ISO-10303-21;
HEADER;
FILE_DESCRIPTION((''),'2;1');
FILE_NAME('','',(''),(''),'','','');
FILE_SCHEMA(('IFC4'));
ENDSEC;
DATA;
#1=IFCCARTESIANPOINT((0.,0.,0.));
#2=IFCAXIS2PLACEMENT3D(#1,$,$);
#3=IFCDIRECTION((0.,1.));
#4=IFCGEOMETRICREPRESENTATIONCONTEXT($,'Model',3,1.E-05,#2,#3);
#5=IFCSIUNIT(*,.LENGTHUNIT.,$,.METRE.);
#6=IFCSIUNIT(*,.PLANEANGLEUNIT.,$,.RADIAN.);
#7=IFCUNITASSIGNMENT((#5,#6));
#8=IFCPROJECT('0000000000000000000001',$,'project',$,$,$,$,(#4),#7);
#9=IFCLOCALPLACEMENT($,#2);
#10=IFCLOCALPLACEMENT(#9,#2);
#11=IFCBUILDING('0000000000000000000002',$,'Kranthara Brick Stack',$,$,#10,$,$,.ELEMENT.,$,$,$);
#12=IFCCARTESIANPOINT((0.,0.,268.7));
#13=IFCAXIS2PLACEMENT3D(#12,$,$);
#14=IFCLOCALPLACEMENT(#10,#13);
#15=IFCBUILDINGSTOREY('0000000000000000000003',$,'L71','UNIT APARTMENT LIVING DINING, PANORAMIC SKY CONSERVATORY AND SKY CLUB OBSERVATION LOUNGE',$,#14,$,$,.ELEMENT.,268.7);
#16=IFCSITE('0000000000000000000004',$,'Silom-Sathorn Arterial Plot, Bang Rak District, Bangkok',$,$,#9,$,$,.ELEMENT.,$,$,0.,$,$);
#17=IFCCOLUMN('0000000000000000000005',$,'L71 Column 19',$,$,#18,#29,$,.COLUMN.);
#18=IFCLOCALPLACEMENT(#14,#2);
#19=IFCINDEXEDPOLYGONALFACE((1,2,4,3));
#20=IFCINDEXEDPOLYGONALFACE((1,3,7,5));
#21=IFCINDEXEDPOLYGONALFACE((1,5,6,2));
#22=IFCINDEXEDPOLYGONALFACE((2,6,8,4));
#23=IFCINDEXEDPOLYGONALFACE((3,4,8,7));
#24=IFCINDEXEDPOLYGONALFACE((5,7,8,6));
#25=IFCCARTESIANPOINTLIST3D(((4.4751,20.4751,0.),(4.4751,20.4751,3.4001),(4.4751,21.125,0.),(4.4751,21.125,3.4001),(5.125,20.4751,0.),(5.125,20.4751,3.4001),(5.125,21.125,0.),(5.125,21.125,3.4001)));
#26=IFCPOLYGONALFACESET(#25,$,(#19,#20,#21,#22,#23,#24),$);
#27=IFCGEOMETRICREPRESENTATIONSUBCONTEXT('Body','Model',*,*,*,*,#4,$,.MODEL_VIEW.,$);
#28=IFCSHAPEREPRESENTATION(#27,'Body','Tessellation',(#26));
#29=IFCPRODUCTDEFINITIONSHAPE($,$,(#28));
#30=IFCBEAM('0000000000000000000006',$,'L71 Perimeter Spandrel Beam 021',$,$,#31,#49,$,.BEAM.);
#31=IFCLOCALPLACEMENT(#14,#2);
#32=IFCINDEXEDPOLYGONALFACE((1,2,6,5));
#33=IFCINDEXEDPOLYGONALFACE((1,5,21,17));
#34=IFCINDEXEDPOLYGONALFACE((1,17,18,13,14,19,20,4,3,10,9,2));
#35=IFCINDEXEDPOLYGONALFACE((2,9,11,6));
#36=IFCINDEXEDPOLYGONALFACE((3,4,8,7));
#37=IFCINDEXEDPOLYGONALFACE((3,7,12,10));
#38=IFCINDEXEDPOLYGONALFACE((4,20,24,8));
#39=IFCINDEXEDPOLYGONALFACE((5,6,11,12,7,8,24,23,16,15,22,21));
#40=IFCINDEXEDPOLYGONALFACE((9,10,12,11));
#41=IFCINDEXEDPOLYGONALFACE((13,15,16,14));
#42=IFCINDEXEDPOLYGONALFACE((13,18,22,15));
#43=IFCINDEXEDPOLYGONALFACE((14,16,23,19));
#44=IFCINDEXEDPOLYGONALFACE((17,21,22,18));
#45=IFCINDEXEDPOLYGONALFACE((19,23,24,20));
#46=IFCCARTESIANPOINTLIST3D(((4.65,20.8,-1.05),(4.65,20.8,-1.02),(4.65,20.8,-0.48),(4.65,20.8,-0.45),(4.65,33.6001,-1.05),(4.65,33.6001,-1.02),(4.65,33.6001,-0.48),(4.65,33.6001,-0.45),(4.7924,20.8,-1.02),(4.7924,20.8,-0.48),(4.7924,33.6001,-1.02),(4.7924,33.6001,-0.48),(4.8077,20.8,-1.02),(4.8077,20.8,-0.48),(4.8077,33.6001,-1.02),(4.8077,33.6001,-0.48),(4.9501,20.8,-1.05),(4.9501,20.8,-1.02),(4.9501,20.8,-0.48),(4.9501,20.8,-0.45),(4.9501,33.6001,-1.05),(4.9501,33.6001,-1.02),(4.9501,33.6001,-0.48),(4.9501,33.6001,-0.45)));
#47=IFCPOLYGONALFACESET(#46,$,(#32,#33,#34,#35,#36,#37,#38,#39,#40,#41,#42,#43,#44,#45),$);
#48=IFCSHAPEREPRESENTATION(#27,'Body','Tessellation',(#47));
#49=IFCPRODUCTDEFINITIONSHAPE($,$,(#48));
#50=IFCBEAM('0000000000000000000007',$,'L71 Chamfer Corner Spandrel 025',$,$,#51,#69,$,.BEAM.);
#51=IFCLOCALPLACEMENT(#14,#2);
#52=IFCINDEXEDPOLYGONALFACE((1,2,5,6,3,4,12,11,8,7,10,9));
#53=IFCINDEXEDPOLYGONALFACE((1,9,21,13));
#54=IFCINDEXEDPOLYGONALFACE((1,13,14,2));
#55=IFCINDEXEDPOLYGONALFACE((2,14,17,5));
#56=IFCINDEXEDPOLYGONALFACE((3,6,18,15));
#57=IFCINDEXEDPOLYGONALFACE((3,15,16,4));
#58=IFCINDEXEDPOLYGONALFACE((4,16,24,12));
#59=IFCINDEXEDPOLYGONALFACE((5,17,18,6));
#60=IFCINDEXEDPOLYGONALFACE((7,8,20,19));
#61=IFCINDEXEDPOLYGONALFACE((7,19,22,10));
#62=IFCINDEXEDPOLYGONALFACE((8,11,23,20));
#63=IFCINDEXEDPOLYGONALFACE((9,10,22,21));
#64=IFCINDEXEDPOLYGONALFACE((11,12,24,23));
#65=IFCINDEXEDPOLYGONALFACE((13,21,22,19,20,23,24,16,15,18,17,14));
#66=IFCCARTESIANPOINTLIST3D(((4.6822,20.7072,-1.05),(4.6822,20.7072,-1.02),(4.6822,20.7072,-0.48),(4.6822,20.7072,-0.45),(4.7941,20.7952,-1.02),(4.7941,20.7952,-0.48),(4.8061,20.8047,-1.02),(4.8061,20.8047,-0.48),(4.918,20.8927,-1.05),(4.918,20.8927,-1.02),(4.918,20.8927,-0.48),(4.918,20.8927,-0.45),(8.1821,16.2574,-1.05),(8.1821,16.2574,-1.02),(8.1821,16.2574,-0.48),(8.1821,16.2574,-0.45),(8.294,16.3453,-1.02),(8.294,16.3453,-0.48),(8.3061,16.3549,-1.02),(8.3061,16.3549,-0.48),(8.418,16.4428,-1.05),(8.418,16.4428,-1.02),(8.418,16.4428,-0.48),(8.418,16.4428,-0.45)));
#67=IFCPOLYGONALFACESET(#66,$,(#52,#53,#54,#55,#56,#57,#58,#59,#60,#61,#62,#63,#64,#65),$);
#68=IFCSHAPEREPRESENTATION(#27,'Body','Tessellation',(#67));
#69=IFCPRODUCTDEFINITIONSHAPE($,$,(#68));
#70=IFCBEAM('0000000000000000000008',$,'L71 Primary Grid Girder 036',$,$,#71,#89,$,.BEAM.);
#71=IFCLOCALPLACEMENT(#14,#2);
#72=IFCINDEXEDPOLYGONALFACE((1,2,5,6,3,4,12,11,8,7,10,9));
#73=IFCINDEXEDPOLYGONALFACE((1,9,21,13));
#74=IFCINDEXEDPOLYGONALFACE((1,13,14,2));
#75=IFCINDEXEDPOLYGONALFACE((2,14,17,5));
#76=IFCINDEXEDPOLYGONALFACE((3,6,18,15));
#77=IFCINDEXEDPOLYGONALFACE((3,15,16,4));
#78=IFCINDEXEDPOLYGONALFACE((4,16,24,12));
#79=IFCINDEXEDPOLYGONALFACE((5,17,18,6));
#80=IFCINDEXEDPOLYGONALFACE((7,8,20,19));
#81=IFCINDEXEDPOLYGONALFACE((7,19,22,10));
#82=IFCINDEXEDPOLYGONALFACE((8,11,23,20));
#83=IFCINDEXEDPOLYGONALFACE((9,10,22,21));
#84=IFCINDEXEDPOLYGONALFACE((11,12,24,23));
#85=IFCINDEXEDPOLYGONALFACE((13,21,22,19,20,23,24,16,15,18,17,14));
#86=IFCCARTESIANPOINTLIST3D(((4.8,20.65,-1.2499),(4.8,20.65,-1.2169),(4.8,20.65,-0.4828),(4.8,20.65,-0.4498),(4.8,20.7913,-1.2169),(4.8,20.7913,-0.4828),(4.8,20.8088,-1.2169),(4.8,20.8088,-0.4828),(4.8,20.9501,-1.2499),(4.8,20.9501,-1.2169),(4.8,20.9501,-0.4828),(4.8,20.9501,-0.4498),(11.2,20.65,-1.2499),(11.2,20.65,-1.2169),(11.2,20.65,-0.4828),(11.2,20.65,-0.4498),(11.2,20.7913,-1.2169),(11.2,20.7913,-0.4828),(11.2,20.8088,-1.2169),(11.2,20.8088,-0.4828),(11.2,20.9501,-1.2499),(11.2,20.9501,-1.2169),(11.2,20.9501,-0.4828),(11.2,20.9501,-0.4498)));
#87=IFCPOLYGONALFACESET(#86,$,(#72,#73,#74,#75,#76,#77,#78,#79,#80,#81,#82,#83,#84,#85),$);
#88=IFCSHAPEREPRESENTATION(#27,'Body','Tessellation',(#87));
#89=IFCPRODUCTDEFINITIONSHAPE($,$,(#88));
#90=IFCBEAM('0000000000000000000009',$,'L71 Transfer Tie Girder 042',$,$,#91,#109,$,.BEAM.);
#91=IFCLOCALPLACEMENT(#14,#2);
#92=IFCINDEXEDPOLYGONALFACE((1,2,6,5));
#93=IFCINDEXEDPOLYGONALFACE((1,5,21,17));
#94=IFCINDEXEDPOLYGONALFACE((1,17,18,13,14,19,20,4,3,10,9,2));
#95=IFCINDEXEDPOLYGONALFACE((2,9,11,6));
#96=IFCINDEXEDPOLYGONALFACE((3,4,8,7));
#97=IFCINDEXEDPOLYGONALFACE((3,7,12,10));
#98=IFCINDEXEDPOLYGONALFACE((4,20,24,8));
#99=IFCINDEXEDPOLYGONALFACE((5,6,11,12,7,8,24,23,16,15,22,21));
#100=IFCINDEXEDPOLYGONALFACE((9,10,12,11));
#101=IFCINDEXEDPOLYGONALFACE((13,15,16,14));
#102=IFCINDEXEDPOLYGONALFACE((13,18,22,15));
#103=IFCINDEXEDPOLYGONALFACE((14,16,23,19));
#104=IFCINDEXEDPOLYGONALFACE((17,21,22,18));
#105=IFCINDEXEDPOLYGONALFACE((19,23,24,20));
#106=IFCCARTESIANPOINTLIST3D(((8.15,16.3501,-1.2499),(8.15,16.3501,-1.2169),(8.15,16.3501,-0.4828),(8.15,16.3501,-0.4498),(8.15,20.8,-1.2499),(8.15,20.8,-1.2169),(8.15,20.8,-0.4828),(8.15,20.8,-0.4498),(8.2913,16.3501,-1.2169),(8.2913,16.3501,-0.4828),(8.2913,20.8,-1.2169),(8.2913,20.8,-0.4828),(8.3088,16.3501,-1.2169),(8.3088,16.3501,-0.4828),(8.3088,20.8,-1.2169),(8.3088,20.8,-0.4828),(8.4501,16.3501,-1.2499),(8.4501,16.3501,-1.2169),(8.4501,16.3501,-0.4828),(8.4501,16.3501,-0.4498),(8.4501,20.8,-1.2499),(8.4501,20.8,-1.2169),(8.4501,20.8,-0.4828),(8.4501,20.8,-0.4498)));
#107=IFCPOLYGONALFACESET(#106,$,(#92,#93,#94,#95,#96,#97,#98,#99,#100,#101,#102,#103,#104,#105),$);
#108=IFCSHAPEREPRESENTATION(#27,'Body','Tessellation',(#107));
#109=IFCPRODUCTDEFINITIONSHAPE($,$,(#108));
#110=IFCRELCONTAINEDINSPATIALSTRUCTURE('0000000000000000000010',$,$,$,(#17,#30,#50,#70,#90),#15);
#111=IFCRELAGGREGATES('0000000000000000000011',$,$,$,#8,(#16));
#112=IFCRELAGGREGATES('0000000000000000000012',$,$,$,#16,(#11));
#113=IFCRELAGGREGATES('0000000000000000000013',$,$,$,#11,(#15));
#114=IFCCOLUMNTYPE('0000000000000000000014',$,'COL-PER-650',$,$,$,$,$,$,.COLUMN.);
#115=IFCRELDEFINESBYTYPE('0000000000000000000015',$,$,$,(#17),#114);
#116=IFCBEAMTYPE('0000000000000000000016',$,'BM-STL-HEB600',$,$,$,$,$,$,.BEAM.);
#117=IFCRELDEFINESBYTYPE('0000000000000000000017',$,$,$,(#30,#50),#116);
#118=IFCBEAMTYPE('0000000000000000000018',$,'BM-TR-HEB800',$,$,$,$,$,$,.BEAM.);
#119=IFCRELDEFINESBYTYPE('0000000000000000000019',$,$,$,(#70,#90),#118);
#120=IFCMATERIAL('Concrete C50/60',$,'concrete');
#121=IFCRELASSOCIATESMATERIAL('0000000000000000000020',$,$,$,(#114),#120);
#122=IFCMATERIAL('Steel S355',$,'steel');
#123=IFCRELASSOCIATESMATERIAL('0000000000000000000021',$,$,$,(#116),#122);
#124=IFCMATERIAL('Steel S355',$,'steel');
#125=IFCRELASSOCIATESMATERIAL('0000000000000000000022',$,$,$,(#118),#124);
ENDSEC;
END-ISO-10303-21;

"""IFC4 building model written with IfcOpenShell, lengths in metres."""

from ifc_helpers import new_model, si_unit, direction, frame, origin, origin_2d, place, context, subcontext, project, spatial, rectangle, i_section, extrude, material, material_profile, profile_set, type_object, element, save


model = new_model("IFC4")

# Units and contexts
model_context = context("Model", 3, precision=1e-05, world=origin(), true_north=direction((0.0, 1.0)))
body_context = subcontext(model_context, "Body", "Model", "MODEL_VIEW")
ifc_project = project(units=[si_unit("LENGTHUNIT", "METRE"), si_unit("PLANEANGLEUNIT", "RADIAN")], contexts=[model_context])

# Site, building, storey
site_placement = place(None, origin())
site = spatial("IfcSite", under=ifc_project, at=site_placement, Name="Silom-Sathorn Arterial Plot, Bang Rak District, Bangkok", CompositionType="ELEMENT", RefElevation=0.0)
building_placement = place(site_placement, origin())
building = spatial("IfcBuilding", under=site, at=building_placement, Name="Kranthara Brick Stack", CompositionType="ELEMENT")
storey_placement = place(building_placement, frame((0.0, 0.0, 268.7)))
storey = spatial("IfcBuildingStorey", under=building, at=storey_placement, Name="L71", Description="UNIT APARTMENT LIVING DINING, PANORAMIC SKY CONSERVATORY AND SKY CLUB OBSERVATION LOUNGE", CompositionType="ELEMENT", Elevation=268.7)

# Column
ifc_material_1 = material(Name="Concrete C50/60", Category="concrete")
ifc_material_profile_1 = material_profile(ifc_material_1, rectangle(XDim=0.6499, YDim=0.6499, at=origin_2d()), Name="RC 650x650")
ifc_profile_set_1 = profile_set([ifc_material_profile_1], Name="Concrete C50/60")
column_type = type_object("IfcColumnType", Name="COL-PER-650", PredefinedType="COLUMN", material=ifc_profile_set_1)
column_placement = place(storey_placement, frame((4.8, 20.8, 0.0), z_axis=(0.0, 0.0, 1.0), x_axis=(1.0, 0.0, 0.0)))
element("IfcColumn", 1, at=column_placement, inside=storey, type_object=column_type, Name="L71 Column 19", PredefinedType="COLUMN", context=body_context, shape_type="SweptSolid", body=[
    extrude(rectangle(XDim=0.6499, YDim=0.6499, at=origin_2d()), origin(), (0.0, 0.0, 1.0), 3.4001),
])

# Beams
ifc_material_2 = material(Name="Steel S355", Category="steel")
ifc_material_profile_2 = material_profile(ifc_material_2, i_section(OverallWidth=0.3, OverallDepth=0.6001, WebThickness=0.0154, FlangeThickness=0.03, at=origin_2d()), Name="HEB 600")
ifc_profile_set_2 = profile_set([ifc_material_profile_2], Name="Steel S355")
beam_type_1 = type_object("IfcBeamType", Name="BM-STL-HEB600", PredefinedType="BEAM", material=ifc_profile_set_2)
beam_1_placement = place(storey_placement, frame((4.8, 20.8, -0.75), z_axis=(0.0, 1.0, 0.0), x_axis=(-1.0, 0.0, 0.0)))
element("IfcBeam", 2, at=beam_1_placement, inside=storey, type_object=beam_type_1, Name="L71 Perimeter Spandrel Beam 021", PredefinedType="BEAM", context=body_context, shape_type="SweptSolid", body=[
    extrude(i_section(OverallWidth=0.3, OverallDepth=0.6001, WebThickness=0.0154, FlangeThickness=0.03, at=origin_2d()), origin(), (0.0, 0.0, 1.0), 12.8),
])
beam_2_placement = place(storey_placement, frame((8.3, 16.3501, -0.75), z_axis=(-0.618216, 0.786008, 0.0), x_axis=(-0.786008, -0.618216, 0.0)))
element("IfcBeam", 3, at=beam_2_placement, inside=storey, type_object=beam_type_1, Name="L71 Chamfer Corner Spandrel 025", PredefinedType="BEAM", context=body_context, shape_type="SweptSolid", body=[
    extrude(i_section(OverallWidth=0.3, OverallDepth=0.6001, WebThickness=0.0154, FlangeThickness=0.03, at=origin_2d()), origin(), (0.0, 0.0, 1.0), 5.6614),
])
ifc_material_3 = material(Name="Steel S355", Category="steel")
ifc_material_profile_3 = material_profile(ifc_material_3, i_section(OverallWidth=0.3, OverallDepth=0.8, WebThickness=0.0176, FlangeThickness=0.033, at=origin_2d()), Name="HEB 800")
ifc_profile_set_3 = profile_set([ifc_material_profile_3], Name="Steel S355")
beam_type_2 = type_object("IfcBeamType", Name="BM-TR-HEB800", PredefinedType="BEAM", material=ifc_profile_set_3)
beam_3_placement = place(storey_placement, frame((4.8, 20.8, -0.8499), z_axis=(1.0, 0.0, 0.0), x_axis=(0.0, 1.0, 0.0)))
element("IfcBeam", 4, at=beam_3_placement, inside=storey, type_object=beam_type_2, Name="L71 Primary Grid Girder 036", PredefinedType="BEAM", context=body_context, shape_type="SweptSolid", body=[
    extrude(i_section(OverallWidth=0.3, OverallDepth=0.8, WebThickness=0.0176, FlangeThickness=0.033, at=origin_2d()), origin(), (0.0, 0.0, 1.0), 6.3999),
])
beam_4_placement = place(storey_placement, frame((8.3, 16.3501, -0.8499), z_axis=(0.0, 1.0, 0.0), x_axis=(-1.0, 0.0, 0.0)))
element("IfcBeam", 5, at=beam_4_placement, inside=storey, type_object=beam_type_2, Name="L71 Transfer Tie Girder 042", PredefinedType="BEAM", context=body_context, shape_type="SweptSolid", body=[
    extrude(i_section(OverallWidth=0.3, OverallDepth=0.8, WebThickness=0.0176, FlangeThickness=0.033, at=origin_2d()), origin(), (0.0, 0.0, 1.0), 4.45),
])

save(model, "model.ifc")
